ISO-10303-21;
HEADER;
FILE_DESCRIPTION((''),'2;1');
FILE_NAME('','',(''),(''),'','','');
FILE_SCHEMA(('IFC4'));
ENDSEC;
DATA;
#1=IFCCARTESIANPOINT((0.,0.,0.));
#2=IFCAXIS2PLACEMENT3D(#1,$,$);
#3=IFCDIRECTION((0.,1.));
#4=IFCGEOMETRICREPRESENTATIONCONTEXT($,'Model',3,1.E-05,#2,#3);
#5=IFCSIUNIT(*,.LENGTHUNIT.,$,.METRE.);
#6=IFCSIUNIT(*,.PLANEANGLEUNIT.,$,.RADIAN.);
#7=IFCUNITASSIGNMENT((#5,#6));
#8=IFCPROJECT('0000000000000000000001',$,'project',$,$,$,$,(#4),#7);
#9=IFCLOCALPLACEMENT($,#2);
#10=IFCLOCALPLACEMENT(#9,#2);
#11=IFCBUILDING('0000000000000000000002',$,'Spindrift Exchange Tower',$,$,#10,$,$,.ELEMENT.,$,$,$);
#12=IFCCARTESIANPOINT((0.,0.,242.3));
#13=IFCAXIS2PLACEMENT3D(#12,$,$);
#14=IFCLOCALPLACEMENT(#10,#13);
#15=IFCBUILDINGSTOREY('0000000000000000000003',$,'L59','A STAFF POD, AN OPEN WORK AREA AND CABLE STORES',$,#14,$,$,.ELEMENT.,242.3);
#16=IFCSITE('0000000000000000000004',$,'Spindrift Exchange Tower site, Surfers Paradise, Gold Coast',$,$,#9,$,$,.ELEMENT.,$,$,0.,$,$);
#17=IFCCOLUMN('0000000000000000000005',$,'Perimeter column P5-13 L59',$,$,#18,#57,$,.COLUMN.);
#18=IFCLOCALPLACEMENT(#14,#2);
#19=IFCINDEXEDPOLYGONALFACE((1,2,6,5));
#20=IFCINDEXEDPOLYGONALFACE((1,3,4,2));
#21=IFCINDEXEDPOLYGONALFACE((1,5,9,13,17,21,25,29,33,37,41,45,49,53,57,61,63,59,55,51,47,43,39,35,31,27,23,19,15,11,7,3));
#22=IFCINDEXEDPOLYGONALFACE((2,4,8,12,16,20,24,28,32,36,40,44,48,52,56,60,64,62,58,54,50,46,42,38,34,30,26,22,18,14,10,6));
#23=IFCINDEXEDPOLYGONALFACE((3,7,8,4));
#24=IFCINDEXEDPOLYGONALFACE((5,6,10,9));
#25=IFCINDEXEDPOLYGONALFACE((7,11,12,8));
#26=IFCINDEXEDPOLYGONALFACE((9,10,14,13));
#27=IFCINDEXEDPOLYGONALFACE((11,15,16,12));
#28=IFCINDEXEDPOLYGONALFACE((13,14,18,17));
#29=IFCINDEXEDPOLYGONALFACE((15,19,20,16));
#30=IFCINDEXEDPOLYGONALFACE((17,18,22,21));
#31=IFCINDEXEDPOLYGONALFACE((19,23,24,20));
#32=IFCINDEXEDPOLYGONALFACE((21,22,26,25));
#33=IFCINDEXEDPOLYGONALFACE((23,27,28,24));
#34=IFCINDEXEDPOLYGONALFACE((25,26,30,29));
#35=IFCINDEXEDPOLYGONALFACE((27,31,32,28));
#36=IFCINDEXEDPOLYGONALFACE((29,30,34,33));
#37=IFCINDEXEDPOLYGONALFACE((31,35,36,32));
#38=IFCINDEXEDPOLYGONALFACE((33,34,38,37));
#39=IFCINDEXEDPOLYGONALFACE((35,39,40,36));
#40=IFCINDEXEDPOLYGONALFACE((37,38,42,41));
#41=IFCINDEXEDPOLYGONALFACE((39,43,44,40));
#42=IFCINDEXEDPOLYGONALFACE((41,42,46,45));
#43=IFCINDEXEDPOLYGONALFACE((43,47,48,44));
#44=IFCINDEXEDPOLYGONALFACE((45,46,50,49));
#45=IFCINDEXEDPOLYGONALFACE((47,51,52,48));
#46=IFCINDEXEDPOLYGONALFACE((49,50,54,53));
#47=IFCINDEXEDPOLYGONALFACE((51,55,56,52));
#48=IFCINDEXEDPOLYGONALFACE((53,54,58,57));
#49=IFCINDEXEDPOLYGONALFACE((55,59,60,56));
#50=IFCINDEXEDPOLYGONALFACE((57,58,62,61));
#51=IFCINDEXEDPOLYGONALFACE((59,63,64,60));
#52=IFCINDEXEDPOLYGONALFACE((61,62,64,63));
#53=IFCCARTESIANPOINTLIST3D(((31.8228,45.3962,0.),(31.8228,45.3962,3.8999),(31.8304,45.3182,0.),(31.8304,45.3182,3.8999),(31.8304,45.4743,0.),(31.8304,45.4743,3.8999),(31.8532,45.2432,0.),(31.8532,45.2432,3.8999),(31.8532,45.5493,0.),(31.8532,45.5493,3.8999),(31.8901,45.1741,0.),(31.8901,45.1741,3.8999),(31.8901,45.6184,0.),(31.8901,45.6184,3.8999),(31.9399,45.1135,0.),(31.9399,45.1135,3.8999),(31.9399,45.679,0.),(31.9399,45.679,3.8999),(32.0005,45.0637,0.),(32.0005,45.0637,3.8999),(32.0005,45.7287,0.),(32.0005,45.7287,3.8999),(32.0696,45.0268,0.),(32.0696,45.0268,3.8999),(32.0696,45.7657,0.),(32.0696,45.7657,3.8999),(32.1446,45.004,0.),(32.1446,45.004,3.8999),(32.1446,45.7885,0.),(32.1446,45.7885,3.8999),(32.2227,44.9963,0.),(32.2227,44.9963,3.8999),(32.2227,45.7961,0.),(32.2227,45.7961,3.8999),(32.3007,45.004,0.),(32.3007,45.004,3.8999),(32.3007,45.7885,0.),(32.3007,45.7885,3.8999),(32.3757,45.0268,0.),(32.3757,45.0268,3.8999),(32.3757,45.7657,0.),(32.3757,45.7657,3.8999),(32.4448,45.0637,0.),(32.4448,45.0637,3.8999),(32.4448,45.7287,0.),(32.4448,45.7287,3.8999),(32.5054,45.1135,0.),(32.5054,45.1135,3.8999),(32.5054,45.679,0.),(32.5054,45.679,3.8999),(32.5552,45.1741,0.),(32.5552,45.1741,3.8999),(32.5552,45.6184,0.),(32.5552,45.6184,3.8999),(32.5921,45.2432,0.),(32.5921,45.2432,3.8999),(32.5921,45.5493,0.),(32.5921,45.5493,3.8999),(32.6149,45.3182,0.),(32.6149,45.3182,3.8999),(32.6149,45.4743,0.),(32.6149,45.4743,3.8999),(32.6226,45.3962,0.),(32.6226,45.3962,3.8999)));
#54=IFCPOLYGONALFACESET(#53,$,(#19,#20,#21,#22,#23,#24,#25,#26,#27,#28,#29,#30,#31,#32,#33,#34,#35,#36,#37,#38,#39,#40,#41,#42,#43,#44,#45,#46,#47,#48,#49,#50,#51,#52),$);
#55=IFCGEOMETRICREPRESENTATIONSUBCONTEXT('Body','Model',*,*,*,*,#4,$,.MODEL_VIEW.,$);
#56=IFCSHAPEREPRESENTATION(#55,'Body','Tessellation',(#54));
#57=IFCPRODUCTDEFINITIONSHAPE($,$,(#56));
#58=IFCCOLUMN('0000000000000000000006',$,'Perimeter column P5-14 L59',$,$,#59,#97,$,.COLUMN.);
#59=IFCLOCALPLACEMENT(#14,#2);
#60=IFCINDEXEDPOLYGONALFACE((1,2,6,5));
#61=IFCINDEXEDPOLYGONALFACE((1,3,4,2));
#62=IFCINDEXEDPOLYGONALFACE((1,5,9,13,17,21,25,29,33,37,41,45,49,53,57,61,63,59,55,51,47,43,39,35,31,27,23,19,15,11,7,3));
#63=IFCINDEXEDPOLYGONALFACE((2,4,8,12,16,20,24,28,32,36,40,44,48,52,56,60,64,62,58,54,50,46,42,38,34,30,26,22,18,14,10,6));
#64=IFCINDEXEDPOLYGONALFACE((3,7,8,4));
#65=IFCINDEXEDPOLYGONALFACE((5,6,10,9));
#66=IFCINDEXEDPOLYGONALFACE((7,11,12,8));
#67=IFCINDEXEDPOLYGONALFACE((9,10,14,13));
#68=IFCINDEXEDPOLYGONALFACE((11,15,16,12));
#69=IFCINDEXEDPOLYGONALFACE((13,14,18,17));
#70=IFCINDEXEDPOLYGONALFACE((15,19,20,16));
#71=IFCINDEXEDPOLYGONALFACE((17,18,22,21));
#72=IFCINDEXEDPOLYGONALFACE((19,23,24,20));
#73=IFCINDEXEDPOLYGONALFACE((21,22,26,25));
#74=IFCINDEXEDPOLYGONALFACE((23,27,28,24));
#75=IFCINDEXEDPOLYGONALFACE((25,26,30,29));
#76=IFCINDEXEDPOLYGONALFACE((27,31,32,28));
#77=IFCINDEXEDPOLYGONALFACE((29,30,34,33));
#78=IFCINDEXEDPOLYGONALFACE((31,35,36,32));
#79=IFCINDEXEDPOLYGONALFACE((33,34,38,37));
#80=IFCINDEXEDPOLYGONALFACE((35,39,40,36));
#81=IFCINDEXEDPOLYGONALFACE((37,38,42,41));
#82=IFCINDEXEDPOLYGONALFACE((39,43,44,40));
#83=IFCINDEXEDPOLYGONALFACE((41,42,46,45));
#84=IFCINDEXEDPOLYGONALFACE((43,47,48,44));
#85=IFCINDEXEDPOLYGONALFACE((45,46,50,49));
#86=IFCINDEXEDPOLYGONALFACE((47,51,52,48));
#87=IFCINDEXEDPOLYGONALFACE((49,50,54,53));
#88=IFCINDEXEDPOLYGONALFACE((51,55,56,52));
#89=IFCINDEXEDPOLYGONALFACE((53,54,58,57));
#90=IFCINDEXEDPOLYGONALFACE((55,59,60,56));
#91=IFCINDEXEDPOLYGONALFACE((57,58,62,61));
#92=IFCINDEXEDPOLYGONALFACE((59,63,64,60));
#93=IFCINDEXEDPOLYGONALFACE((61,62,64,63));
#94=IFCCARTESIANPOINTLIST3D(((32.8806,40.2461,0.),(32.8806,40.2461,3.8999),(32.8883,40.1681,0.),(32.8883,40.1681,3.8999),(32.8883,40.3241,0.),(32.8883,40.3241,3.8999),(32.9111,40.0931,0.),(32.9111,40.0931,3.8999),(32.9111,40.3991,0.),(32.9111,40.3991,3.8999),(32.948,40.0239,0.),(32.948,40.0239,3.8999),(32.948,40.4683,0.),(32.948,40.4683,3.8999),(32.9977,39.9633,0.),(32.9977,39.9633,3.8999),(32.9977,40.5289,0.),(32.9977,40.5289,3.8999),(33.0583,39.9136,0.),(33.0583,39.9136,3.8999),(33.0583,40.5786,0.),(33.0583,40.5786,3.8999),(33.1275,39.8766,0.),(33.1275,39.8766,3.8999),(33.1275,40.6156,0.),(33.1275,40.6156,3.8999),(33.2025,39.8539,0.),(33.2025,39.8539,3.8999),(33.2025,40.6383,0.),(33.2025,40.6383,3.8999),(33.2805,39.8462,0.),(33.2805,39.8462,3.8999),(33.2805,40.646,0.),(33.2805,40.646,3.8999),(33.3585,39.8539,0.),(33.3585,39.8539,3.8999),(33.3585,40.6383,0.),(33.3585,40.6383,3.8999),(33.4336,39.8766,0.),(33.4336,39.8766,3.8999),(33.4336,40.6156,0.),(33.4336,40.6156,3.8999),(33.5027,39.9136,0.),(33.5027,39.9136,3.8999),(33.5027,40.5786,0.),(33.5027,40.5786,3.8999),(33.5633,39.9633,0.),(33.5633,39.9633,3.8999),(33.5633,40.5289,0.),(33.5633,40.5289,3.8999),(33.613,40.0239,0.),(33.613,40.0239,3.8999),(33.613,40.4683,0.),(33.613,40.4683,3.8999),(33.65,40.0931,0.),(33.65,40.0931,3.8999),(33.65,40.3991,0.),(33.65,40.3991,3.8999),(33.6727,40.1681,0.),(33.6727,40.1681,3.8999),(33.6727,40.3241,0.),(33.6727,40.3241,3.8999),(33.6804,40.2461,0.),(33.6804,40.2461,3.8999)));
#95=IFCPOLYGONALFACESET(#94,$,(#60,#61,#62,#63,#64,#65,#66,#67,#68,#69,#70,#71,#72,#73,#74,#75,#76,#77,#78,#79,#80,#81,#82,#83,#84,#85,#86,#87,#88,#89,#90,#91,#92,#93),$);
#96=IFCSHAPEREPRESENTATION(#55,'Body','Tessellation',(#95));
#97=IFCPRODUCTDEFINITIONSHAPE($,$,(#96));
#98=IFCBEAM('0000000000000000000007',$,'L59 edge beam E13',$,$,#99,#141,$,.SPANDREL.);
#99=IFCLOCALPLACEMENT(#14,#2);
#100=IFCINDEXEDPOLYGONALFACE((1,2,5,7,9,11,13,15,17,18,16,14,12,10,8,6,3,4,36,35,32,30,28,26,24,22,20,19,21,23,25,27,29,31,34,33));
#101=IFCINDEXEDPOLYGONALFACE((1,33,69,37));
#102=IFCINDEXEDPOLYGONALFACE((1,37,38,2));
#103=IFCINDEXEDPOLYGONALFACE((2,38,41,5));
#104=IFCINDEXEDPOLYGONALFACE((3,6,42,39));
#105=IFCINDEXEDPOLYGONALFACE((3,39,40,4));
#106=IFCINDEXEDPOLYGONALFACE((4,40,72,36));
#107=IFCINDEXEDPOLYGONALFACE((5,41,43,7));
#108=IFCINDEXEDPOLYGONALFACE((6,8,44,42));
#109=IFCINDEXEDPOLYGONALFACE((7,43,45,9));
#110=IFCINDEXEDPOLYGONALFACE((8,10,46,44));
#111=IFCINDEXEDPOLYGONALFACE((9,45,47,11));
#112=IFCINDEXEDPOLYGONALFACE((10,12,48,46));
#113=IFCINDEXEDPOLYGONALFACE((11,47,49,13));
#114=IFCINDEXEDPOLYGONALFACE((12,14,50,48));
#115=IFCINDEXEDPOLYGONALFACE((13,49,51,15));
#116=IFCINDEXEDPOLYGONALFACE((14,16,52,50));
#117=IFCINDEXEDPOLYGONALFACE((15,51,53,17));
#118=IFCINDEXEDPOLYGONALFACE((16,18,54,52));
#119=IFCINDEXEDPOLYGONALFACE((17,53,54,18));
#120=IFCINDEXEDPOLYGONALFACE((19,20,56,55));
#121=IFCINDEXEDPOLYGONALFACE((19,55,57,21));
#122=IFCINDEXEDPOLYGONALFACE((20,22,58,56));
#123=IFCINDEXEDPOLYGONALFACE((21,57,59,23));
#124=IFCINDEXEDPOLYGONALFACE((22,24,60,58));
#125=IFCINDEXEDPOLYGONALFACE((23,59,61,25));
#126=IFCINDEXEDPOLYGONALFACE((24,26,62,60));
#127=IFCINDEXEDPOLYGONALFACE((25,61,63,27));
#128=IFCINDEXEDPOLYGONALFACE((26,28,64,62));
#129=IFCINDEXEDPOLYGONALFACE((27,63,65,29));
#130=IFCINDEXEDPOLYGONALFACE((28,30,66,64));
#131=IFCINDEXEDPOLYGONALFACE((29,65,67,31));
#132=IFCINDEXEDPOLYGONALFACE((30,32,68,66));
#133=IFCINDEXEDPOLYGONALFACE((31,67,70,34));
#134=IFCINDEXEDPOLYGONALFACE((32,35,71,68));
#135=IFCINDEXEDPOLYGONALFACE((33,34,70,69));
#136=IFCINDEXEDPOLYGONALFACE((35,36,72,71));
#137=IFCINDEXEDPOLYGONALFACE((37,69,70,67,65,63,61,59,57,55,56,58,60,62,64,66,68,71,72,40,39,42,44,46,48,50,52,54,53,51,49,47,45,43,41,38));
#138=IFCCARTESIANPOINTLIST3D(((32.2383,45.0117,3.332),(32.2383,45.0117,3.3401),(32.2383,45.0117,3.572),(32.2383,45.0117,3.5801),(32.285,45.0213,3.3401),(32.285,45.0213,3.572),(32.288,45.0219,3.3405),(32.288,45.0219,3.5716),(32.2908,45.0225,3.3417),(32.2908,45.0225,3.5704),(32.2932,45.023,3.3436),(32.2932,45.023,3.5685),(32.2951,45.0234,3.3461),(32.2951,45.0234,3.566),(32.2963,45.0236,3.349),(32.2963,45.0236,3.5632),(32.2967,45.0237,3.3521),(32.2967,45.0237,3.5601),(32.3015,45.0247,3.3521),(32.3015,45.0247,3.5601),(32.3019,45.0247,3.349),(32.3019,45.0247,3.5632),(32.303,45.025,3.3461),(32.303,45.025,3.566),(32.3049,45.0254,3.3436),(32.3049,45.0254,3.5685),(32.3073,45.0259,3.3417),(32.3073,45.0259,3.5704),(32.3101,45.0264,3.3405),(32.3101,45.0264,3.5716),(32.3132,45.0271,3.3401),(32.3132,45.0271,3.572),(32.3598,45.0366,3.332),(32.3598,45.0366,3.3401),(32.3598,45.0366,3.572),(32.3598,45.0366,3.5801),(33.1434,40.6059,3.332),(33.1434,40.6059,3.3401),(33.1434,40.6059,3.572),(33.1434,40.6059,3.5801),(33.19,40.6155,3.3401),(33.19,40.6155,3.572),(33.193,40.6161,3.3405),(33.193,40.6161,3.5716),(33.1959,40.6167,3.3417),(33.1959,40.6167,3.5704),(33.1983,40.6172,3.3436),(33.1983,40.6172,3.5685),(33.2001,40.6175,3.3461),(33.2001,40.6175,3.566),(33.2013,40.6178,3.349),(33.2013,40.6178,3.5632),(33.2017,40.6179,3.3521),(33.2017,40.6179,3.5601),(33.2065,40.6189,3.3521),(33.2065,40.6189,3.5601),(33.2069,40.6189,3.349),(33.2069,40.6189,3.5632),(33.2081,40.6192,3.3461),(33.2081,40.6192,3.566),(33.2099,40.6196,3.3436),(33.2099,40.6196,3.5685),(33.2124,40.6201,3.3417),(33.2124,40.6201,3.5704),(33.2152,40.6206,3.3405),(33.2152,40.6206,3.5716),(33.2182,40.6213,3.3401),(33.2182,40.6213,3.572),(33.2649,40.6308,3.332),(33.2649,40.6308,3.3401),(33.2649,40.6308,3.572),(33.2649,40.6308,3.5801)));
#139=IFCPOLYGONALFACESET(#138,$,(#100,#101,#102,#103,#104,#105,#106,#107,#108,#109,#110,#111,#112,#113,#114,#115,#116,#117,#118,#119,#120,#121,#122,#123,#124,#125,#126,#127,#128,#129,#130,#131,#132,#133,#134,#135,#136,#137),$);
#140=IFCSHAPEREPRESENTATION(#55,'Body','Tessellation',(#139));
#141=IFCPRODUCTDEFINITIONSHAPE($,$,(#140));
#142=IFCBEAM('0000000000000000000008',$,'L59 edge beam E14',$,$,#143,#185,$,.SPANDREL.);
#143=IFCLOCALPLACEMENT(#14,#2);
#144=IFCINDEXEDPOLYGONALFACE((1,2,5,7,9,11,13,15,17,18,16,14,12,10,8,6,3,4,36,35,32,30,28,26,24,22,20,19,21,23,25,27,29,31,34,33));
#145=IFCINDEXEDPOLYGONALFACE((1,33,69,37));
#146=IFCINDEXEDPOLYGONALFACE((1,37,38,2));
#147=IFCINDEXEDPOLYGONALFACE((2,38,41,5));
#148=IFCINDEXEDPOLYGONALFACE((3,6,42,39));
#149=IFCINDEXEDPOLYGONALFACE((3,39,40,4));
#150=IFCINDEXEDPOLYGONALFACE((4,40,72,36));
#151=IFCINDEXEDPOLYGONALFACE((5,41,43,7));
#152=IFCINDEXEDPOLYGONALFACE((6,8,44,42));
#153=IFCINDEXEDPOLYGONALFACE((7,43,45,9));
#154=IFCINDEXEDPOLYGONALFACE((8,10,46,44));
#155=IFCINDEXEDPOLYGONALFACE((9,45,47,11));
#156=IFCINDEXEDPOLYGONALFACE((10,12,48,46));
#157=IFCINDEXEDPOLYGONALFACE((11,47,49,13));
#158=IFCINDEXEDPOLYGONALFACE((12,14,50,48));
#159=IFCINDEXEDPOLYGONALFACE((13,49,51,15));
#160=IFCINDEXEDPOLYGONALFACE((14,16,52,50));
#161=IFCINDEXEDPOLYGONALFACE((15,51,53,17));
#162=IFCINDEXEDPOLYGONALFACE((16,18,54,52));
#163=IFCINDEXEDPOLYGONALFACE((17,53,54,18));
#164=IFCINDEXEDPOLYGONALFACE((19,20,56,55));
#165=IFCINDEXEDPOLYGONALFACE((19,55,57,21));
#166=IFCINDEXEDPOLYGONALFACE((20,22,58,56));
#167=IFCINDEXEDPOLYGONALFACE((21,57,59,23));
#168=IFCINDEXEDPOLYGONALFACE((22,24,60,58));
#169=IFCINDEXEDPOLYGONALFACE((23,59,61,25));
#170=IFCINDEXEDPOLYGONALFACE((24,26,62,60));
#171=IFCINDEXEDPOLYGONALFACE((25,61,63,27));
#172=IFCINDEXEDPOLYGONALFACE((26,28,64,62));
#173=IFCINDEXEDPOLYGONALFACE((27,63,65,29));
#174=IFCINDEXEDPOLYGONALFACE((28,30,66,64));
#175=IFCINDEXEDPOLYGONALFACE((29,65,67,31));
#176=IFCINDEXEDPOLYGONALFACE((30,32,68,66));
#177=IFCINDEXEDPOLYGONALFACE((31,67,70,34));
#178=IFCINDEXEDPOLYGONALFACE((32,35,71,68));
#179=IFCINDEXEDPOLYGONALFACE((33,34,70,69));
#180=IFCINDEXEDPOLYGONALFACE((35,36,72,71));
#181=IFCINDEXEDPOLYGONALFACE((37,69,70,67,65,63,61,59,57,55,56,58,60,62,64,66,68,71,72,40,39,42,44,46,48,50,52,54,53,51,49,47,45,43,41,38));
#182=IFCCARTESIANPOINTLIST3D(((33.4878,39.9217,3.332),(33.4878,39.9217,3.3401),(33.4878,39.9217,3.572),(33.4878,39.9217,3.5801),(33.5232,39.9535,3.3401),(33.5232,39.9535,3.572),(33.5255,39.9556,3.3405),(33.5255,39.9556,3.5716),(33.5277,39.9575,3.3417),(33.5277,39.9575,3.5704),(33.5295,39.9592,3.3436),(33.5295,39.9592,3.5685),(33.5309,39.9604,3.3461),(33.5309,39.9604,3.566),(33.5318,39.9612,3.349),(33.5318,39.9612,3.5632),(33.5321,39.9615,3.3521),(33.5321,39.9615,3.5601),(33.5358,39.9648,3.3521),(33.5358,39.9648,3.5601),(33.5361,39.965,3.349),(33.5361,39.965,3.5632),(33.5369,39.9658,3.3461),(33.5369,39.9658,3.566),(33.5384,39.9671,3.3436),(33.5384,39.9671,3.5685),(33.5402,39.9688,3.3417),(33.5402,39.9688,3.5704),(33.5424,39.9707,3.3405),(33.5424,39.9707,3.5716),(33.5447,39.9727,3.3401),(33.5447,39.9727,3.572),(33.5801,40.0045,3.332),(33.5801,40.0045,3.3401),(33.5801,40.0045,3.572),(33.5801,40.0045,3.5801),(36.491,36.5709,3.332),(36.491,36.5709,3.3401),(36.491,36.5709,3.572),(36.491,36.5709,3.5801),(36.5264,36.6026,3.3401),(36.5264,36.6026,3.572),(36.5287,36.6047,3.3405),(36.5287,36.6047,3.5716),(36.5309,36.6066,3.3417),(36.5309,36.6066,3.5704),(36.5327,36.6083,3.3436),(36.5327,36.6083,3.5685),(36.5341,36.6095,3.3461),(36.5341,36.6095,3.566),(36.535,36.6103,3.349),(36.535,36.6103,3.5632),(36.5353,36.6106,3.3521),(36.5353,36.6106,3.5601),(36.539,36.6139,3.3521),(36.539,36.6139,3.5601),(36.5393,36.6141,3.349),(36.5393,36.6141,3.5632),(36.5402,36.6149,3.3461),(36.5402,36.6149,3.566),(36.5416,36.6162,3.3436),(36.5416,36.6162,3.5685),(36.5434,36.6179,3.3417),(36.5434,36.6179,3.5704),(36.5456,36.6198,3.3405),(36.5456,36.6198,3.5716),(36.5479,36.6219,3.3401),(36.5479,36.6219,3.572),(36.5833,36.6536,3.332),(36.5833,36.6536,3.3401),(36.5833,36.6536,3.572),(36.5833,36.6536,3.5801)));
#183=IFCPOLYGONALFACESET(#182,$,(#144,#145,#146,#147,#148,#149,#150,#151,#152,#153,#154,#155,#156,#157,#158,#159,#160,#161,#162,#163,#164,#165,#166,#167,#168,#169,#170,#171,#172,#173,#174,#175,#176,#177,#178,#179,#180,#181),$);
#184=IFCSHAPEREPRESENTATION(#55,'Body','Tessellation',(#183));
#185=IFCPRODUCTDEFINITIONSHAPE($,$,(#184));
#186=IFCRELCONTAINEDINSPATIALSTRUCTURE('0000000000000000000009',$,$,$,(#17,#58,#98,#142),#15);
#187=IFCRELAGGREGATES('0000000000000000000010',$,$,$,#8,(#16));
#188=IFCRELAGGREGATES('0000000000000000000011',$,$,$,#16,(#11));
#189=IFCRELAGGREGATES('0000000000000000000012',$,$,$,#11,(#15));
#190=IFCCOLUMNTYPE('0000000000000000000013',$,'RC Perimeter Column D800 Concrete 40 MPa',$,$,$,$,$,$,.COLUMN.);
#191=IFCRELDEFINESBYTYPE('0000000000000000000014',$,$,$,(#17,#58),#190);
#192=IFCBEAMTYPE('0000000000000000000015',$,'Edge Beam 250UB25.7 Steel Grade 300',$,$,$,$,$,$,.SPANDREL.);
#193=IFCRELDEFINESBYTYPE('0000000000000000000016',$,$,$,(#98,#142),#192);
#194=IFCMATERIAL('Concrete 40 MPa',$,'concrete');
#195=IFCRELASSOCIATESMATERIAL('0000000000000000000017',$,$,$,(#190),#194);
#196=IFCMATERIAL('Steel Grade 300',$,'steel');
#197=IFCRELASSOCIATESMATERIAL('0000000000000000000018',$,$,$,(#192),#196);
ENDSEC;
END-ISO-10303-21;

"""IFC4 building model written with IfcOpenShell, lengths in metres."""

from ifc_helpers import new_model, si_unit, direction, frame, origin, origin_2d, place, context, subcontext, project, spatial, circle, i_section, extrude, source, transform, mapped, material, material_profile, profile_set, type_object, element, save


model = new_model("IFC4")

# Units and contexts
model_context = context("Model", 3, precision=1e-05, world=origin(), true_north=direction((0.0, 1.0)))
body_context = subcontext(model_context, "Body", "Model", "MODEL_VIEW")
ifc_project = project(units=[si_unit("LENGTHUNIT", "METRE"), si_unit("PLANEANGLEUNIT", "RADIAN")], contexts=[model_context])

# Site, building, storey
site_placement = place(None, origin())
site = spatial("IfcSite", under=ifc_project, at=site_placement, Name="Spindrift Exchange Tower site, Surfers Paradise, Gold Coast", CompositionType="ELEMENT", RefElevation=0.0)
building_placement = place(site_placement, origin())
building = spatial("IfcBuilding", under=site, at=building_placement, Name="Spindrift Exchange Tower", CompositionType="ELEMENT")
storey_placement = place(building_placement, frame((0.0, 0.0, 242.3)))
storey = spatial("IfcBuildingStorey", under=building, at=storey_placement, Name="L59", Description="A STAFF POD, AN OPEN WORK AREA AND CABLE STORES", CompositionType="ELEMENT", Elevation=242.3)

# Columns
ifc_material_1 = material(Name="Concrete 40 MPa", Category="concrete")
ifc_material_profile_1 = material_profile(ifc_material_1, circle(Radius=0.3999, at=origin_2d()), Name="RC D800")
ifc_profile_set_1 = profile_set([ifc_material_profile_1], Name="Concrete 40 MPa")
column_type = type_object("IfcColumnType", Name="RC Perimeter Column D800 Concrete 40 MPa", PredefinedType="COLUMN", material=ifc_profile_set_1)
shared_shape_1 = source(origin(), body_context, "Body", "SweptSolid", [
    extrude(circle(Radius=0.3999, at=origin_2d()), origin(), (0.0, 0.0, 1.0), 3.8999),
])
for number, where, z_axis, x_axis, name in (
    (1, (32.2227, 45.3962, 0.0), (0.0, 0.0, 1.0), (1.0, 0.0, 0.0), "Perimeter column P5-13 L59"),
    (2, (33.2805, 40.2461, 0.0), (0.0, 0.0, 1.0), (1.0, 0.0, 0.0), "Perimeter column P5-14 L59"),
):
    element("IfcColumn", number, at=place(storey_placement, frame(where, z_axis=z_axis, x_axis=x_axis)), inside=storey, type_object=column_type, Name=name, PredefinedType="COLUMN", context=body_context, shape_type="MappedRepresentation", body=[
        mapped(shared_shape_1, transform((0.0, 0.0, 0.0), scale=1.0)),
    ])

# Beams
ifc_material_2 = material(Name="Steel Grade 300", Category="steel")
ifc_material_profile_2 = material_profile(ifc_material_2, i_section(OverallWidth=0.124, OverallDepth=0.248, WebThickness=0.0049, FlangeThickness=0.0081, FilletRadius=0.012, at=origin_2d()), Name="250UB25.7")
ifc_profile_set_2 = profile_set([ifc_material_profile_2], Name="Steel Grade 300")
beam_type_1 = type_object("IfcBeamType", Name="Edge Beam 250UB25.7 Steel Grade 300", PredefinedType="SPANDREL", material=ifc_profile_set_2)
shared_shape_2 = source(origin(), body_context, "Body", "SweptSolid", [
    extrude(i_section(OverallWidth=0.124, OverallDepth=0.248, WebThickness=0.0049, FlangeThickness=0.0081, FilletRadius=0.012, at=origin_2d()), origin(), (0.0, 0.0, 1.0), 4.4978),
])
beam_1_placement = place(storey_placement, frame((32.2991, 45.0242, 3.4561), z_axis=(0.201218, -0.979546, 0.0), x_axis=(0.979546, 0.201218, 0.0)))
element("IfcBeam", 3, at=beam_1_placement, inside=storey, type_object=beam_type_1, Name="L59 edge beam E13", PredefinedType="SPANDREL", context=body_context, shape_type="MappedRepresentation", body=[
    mapped(shared_shape_2, transform((0.0, 0.0, 0.0), scale=1.0)),
])
shared_shape_3 = source(origin(), body_context, "Body", "SweptSolid", [
    extrude(i_section(OverallWidth=0.124, OverallDepth=0.248, WebThickness=0.0049, FlangeThickness=0.0081, FilletRadius=0.012, at=origin_2d()), origin(), (0.0, 0.0, 1.0), 4.4998),
])
beam_2_placement = place(storey_placement, frame((33.5339, 39.9631, 3.4561), z_axis=(0.66742, -0.744682, 0.0), x_axis=(0.744682, 0.66742, 0.0)))
element("IfcBeam", 4, at=beam_2_placement, inside=storey, type_object=beam_type_1, Name="L59 edge beam E14", PredefinedType="SPANDREL", context=body_context, shape_type="MappedRepresentation", body=[
    mapped(shared_shape_3, transform((0.0, 0.0, 0.0), scale=1.0)),
])

save(model, "model.ifc")
